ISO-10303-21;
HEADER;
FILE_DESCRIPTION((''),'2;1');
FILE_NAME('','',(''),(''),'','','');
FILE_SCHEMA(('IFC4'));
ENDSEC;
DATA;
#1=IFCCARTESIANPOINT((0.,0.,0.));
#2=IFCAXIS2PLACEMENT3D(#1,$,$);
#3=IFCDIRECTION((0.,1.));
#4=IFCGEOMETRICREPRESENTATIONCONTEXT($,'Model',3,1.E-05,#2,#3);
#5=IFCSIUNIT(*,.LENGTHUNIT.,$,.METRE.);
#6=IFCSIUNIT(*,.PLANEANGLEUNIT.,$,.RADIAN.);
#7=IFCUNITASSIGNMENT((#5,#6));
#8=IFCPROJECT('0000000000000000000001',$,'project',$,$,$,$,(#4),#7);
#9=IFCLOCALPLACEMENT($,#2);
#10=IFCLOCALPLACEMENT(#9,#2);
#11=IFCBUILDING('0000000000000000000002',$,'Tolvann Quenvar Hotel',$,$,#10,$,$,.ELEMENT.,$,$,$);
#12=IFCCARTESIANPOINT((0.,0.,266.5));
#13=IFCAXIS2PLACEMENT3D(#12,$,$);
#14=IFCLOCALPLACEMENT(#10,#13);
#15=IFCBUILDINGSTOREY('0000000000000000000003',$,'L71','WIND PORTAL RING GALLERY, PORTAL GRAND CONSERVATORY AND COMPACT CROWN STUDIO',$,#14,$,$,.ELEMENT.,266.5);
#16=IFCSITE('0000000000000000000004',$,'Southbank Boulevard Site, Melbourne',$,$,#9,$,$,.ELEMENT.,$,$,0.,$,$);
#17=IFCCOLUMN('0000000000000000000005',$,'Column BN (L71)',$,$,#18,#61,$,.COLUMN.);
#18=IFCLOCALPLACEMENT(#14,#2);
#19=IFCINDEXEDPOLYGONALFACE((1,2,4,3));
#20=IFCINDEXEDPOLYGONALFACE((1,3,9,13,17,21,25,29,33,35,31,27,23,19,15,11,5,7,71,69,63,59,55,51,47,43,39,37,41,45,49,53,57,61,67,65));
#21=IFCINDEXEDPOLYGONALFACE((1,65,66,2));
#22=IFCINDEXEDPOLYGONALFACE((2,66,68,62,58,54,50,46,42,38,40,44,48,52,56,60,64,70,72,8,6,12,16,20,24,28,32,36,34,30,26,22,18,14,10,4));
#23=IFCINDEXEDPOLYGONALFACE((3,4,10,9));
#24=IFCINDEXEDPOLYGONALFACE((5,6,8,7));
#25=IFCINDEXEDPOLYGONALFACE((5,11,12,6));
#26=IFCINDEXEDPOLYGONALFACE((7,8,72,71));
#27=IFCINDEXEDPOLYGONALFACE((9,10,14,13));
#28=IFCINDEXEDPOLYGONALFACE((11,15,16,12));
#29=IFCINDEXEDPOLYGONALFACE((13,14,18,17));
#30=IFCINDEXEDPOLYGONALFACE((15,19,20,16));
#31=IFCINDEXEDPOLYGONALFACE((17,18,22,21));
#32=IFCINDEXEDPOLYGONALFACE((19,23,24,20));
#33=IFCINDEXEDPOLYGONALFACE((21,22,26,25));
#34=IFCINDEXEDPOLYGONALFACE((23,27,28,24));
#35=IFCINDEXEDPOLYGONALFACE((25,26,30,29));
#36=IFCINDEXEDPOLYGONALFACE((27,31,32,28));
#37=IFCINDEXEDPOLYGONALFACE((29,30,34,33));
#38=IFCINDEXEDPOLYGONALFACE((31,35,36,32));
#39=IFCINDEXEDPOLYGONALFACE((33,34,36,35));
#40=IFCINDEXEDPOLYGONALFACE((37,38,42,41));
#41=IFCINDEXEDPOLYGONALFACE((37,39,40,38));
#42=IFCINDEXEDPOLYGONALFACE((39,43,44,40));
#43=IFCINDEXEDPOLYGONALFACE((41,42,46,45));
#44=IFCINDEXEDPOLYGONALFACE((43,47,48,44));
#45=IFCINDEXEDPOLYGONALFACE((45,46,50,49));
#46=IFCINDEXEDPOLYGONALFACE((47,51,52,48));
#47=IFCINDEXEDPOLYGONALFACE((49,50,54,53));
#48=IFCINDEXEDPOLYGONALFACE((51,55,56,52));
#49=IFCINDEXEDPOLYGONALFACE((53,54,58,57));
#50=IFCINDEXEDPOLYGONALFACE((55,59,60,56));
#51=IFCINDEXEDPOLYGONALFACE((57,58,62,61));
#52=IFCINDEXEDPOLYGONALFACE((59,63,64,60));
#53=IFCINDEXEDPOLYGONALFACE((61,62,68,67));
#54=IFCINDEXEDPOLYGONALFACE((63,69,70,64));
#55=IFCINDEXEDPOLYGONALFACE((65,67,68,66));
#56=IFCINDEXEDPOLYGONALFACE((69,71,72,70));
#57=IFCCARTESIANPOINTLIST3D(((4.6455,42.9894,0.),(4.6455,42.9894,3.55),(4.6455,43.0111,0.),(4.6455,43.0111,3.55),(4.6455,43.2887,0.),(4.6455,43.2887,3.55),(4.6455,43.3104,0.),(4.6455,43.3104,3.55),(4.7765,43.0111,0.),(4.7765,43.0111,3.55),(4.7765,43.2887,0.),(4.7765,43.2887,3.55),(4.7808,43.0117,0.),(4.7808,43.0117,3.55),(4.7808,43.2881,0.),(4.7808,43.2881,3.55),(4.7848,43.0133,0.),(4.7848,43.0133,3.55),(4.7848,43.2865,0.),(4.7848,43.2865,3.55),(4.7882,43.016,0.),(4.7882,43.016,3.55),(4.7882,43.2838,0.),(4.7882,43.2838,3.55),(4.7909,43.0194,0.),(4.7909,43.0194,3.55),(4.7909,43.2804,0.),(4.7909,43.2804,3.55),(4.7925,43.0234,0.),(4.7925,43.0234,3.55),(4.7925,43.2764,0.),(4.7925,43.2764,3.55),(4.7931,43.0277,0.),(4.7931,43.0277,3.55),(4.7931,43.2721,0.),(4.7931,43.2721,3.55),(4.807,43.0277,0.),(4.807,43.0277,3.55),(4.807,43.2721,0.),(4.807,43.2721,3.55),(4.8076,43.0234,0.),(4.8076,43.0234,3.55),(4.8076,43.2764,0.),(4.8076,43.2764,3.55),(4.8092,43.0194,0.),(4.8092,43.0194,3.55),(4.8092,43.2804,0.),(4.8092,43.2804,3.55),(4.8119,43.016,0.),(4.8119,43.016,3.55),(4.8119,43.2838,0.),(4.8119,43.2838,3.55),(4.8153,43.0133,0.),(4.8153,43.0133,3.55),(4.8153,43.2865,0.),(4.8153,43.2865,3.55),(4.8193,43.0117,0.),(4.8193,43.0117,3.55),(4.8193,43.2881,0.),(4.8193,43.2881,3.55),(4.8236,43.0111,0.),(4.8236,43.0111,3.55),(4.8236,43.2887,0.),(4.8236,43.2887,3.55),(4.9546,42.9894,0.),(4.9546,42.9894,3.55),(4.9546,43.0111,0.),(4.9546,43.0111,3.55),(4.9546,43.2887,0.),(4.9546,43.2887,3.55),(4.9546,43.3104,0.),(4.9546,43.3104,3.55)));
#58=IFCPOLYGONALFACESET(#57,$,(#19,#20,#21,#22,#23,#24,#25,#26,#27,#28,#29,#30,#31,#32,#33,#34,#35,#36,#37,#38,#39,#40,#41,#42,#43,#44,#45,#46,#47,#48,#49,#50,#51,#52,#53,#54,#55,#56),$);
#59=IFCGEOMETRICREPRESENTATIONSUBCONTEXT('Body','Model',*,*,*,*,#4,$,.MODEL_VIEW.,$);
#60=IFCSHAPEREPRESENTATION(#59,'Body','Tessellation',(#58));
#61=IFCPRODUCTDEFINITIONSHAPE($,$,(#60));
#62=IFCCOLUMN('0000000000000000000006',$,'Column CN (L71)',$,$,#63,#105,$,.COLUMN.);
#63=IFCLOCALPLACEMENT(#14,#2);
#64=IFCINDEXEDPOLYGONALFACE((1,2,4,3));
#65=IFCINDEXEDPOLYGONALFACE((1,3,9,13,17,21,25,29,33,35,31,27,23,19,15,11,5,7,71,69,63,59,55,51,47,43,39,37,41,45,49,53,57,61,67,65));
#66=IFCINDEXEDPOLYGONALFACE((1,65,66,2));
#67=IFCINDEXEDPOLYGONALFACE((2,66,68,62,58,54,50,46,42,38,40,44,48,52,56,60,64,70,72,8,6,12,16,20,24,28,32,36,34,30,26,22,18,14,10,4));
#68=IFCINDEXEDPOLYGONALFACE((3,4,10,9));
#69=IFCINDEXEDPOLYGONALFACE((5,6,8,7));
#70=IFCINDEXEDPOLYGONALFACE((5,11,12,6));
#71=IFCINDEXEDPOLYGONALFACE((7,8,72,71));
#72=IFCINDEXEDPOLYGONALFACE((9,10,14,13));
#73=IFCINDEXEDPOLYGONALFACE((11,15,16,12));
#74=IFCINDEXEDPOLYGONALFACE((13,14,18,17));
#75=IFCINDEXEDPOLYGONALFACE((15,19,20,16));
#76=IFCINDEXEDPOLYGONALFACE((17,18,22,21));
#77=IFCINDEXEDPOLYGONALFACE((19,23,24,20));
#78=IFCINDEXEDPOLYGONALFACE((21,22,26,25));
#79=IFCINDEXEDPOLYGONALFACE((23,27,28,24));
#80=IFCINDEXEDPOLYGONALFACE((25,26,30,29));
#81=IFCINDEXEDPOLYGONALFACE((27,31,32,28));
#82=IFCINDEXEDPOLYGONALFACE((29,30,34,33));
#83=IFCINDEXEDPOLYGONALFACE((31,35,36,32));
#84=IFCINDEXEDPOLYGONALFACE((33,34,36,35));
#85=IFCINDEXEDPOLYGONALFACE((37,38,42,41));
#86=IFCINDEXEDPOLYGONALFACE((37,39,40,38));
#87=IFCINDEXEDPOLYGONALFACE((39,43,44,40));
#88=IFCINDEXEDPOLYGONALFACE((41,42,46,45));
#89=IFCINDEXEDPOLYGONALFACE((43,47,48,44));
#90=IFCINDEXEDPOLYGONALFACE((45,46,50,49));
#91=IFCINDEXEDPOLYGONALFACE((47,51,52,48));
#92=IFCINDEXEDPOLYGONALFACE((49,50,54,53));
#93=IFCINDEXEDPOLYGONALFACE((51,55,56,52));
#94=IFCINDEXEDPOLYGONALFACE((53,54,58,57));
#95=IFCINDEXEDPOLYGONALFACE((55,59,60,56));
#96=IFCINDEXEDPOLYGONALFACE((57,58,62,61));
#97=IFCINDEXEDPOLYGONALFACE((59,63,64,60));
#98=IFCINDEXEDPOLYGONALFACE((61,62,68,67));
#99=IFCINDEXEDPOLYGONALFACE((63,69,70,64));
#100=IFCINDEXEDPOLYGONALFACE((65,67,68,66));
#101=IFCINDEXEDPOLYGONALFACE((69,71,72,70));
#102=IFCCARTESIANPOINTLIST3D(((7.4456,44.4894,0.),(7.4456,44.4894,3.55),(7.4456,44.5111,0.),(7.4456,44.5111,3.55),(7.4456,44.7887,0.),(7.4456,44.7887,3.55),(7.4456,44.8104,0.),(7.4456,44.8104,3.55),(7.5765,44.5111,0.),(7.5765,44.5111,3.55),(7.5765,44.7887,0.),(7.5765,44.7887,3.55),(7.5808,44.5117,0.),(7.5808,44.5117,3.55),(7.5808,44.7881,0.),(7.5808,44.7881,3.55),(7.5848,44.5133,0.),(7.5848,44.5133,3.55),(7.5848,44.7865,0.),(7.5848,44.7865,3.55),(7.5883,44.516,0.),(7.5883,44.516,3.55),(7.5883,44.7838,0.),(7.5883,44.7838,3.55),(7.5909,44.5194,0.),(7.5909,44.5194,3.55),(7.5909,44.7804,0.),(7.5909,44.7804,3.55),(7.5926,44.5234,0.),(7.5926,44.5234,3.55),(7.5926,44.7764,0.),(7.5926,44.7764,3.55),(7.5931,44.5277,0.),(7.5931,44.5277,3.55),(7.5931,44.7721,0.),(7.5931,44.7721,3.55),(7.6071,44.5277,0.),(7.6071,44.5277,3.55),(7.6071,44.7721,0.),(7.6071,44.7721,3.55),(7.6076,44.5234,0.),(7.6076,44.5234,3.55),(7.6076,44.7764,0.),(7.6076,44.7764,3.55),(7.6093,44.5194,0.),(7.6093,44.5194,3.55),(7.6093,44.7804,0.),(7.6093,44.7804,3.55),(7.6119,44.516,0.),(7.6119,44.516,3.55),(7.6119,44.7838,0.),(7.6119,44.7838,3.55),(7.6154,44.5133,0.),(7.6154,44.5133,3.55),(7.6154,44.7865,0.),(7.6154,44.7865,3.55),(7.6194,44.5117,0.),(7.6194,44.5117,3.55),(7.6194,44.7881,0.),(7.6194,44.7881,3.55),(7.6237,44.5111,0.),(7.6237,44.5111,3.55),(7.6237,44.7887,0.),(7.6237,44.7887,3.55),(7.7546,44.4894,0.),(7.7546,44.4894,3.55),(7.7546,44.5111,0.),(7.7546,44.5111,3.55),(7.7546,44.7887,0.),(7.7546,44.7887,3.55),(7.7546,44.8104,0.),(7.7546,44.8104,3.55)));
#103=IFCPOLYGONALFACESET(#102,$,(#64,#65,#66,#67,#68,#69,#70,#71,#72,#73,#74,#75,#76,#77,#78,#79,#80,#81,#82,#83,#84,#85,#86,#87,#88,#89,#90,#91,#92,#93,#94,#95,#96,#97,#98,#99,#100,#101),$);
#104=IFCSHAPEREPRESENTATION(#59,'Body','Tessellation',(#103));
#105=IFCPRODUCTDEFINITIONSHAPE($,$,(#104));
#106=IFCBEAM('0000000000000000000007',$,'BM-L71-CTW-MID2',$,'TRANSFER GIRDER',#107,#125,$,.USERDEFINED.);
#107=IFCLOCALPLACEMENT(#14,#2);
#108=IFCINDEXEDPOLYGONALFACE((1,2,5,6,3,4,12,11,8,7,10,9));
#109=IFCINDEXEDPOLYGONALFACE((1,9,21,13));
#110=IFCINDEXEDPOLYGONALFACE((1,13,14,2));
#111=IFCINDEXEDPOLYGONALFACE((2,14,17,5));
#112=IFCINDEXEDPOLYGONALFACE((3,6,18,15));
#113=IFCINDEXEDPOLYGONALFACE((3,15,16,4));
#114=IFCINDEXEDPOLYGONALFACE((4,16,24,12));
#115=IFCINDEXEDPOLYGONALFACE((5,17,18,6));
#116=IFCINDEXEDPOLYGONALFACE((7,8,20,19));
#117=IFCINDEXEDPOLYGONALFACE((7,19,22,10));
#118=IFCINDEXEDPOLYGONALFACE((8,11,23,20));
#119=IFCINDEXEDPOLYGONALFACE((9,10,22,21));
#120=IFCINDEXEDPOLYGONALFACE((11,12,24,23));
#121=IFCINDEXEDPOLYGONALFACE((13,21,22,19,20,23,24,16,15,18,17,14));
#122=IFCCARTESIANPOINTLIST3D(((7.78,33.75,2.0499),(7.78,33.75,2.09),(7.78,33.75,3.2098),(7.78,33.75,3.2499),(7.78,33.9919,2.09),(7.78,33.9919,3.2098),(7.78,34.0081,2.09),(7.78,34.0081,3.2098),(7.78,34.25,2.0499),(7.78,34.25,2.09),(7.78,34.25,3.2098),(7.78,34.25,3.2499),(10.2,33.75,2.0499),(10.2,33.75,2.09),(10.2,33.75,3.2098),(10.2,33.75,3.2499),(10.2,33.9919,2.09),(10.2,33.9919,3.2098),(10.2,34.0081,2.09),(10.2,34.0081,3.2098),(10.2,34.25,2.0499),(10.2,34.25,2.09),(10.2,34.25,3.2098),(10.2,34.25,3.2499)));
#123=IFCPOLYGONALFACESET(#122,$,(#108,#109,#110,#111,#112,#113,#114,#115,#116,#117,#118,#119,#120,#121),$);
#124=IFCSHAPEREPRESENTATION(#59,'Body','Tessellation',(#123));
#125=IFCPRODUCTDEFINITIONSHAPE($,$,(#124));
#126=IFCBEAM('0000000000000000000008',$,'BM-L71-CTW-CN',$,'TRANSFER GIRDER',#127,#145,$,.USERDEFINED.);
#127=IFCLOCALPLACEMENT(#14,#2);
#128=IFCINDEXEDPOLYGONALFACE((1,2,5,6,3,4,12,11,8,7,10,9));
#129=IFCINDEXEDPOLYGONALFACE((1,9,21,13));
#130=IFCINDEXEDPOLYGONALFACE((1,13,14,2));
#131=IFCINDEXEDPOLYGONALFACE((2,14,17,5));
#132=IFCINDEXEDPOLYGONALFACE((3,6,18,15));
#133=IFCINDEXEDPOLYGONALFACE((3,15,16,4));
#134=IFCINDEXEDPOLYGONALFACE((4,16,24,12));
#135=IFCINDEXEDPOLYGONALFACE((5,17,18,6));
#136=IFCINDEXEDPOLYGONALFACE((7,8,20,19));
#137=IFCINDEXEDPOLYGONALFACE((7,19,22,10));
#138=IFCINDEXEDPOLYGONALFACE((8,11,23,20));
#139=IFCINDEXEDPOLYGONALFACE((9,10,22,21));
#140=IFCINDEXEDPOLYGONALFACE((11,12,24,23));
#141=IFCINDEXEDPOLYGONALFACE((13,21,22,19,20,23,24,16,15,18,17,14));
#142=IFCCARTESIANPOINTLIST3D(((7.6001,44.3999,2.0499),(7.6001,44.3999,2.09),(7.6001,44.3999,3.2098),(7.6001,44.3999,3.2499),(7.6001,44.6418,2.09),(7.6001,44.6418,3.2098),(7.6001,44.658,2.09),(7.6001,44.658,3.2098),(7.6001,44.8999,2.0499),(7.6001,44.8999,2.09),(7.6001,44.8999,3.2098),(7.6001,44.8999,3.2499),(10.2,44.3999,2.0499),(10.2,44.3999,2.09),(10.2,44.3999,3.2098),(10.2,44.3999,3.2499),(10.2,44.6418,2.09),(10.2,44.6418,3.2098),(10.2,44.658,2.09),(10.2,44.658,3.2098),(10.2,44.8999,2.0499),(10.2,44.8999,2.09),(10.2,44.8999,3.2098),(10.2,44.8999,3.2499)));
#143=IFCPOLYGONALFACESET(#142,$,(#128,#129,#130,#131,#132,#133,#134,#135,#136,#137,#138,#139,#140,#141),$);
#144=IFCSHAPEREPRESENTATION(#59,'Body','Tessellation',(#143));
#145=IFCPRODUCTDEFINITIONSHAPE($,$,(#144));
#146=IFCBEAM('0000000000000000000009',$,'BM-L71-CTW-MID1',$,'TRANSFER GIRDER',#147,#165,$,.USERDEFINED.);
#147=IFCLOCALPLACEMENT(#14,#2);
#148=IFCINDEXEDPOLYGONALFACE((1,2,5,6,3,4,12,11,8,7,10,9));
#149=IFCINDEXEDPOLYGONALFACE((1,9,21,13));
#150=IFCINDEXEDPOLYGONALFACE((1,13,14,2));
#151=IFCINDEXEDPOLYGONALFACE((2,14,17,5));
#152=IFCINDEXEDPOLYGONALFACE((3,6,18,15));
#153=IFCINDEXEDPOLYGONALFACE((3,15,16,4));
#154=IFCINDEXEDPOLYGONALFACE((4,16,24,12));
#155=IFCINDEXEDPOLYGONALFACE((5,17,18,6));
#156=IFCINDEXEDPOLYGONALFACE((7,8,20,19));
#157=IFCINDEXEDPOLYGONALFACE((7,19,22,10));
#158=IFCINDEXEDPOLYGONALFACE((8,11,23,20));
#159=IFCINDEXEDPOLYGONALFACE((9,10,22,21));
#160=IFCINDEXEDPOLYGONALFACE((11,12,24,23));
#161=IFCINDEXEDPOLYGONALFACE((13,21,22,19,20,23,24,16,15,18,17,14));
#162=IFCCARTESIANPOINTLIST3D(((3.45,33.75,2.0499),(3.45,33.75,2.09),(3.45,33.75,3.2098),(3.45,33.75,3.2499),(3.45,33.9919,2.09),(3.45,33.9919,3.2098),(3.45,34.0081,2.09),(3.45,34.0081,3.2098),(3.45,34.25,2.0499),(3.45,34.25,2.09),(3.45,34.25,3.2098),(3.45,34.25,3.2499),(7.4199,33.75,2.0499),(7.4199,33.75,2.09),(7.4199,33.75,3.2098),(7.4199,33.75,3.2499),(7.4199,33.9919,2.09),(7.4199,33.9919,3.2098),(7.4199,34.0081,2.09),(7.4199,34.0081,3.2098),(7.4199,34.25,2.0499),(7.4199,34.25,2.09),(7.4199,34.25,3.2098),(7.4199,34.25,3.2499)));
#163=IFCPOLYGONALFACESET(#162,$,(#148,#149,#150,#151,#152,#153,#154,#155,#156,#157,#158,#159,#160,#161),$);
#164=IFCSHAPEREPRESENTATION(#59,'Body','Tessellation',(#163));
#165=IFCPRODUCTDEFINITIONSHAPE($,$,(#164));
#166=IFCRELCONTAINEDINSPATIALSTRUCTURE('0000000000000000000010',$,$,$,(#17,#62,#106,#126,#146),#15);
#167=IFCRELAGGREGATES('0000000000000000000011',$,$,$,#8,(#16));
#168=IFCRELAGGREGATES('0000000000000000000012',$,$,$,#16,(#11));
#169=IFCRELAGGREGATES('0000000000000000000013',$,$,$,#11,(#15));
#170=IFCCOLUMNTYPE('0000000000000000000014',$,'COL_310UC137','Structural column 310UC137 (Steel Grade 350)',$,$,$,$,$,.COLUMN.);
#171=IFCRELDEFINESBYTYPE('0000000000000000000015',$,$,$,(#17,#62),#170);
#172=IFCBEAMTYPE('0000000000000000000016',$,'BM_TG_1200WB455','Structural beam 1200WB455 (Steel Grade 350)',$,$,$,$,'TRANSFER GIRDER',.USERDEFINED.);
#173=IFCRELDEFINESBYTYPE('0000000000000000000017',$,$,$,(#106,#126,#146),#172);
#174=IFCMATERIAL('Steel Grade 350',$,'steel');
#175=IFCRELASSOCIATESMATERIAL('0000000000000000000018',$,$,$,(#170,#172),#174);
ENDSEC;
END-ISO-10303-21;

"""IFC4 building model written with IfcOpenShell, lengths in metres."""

from ifc_helpers import new_model, si_unit, direction, frame, origin, origin_2d, place, context, subcontext, project, spatial, i_section, extrude, source, transform, mapped, material, material_profile, profile_set, type_object, type_shapes, element, save


model = new_model("IFC4")

# Units and contexts
model_context = context("Model", 3, precision=1e-05, world=origin(), true_north=direction((0.0, 1.0)))
body_context = subcontext(model_context, "Body", "Model", "MODEL_VIEW")
ifc_project = project(units=[si_unit("LENGTHUNIT", "METRE"), si_unit("PLANEANGLEUNIT", "RADIAN")], contexts=[model_context])

# Site, building, storey
site_placement = place(None, origin())
site = spatial("IfcSite", under=ifc_project, at=site_placement, Name="Southbank Boulevard Site, Melbourne", CompositionType="ELEMENT", RefElevation=0.0)
building_placement = place(site_placement, origin())
building = spatial("IfcBuilding", under=site, at=building_placement, Name="Tolvann Quenvar Hotel", CompositionType="ELEMENT")
storey_placement = place(building_placement, frame((0.0, 0.0, 266.5)))
storey = spatial("IfcBuildingStorey", under=building, at=storey_placement, Name="L71", Description="WIND PORTAL RING GALLERY, PORTAL GRAND CONSERVATORY AND COMPACT CROWN STUDIO", CompositionType="ELEMENT", Elevation=266.5)

# Columns
ifc_material_1 = material(Name="Steel Grade 350", Category="steel")
ifc_material_profile_1 = material_profile(ifc_material_1, i_section(OverallWidth=0.3091, OverallDepth=0.321, WebThickness=0.0139, FlangeThickness=0.0217, FilletRadius=0.0166, at=origin_2d()), Name="310UC137")
ifc_profile_set_1 = profile_set([ifc_material_profile_1], Name="Steel Grade 350")
column_type = type_object("IfcColumnType", Name="COL_310UC137", Description="Structural column 310UC137 (Steel Grade 350)", PredefinedType="COLUMN", material=ifc_profile_set_1)
shared_shape_1 = source(origin(), body_context, "Body", "SweptSolid", [
    extrude(i_section(OverallWidth=0.3091, OverallDepth=0.321, WebThickness=0.0139, FlangeThickness=0.0217, FilletRadius=0.0166, at=origin_2d()), origin(), (0.0, 0.0, 1.0), 3.55),
])
type_shapes(column_type, [shared_shape_1])
for number, where, z_axis, x_axis, name in (
    (1, (4.8, 43.1499, 0.0), (0.0, 0.0, 1.0), (1.0, 0.0, 0.0), "Column BN (L71)"),
    (2, (7.6001, 44.6499, 0.0), (0.0, 0.0, 1.0), (1.0, 0.0, 0.0), "Column CN (L71)"),
):
    element("IfcColumn", number, at=place(storey_placement, frame(where, z_axis=z_axis, x_axis=x_axis)), inside=storey, type_object=column_type, Name=name, PredefinedType="COLUMN", context=body_context, shape_type="MappedRepresentation", body=[
        mapped(shared_shape_1, transform((0.0, 0.0, 0.0), x_axis=(1.0, 0.0, 0.0), y_axis=(0.0, 1.0, 0.0), z_axis=(0.0, 0.0, 1.0), scale=1.0)),
    ])

# Beams
ifc_material_profile_2 = material_profile(ifc_material_1, i_section(OverallWidth=0.5, OverallDepth=1.2, WebThickness=0.0161, FlangeThickness=0.04, at=origin_2d()), Name="1200WB455")
ifc_profile_set_2 = profile_set([ifc_material_profile_2], Name="Steel Grade 350")
beam_type_1 = type_object("IfcBeamType", Name="BM_TG_1200WB455", Description="Structural beam 1200WB455 (Steel Grade 350)", ElementType="TRANSFER GIRDER", PredefinedType="USERDEFINED", material=ifc_profile_set_2)
shared_shape_2 = source(origin(), body_context, "Body", "SweptSolid", [
    extrude(i_section(OverallWidth=0.5, OverallDepth=1.2, WebThickness=0.0161, FlangeThickness=0.04, at=origin_2d()), origin(), (0.0, 0.0, 1.0), 2.4199),
])
beam_1_placement = place(storey_placement, frame((7.78, 34.0, 2.6499), z_axis=(1.0, 0.0, 0.0), x_axis=(0.0, 1.0, 0.0)))
element("IfcBeam", 3, at=beam_1_placement, inside=storey, type_object=beam_type_1, Name="BM-L71-CTW-MID2", ObjectType="TRANSFER GIRDER", PredefinedType="USERDEFINED", context=body_context, shape_type="MappedRepresentation", body=[
    mapped(shared_shape_2, transform((0.0, 0.0, 0.0), x_axis=(1.0, 0.0, 0.0), y_axis=(0.0, 1.0, 0.0), z_axis=(0.0, 0.0, 1.0), scale=1.0)),
])
shared_shape_3 = source(origin(), body_context, "Body", "SweptSolid", [
    extrude(i_section(OverallWidth=0.5, OverallDepth=1.2, WebThickness=0.0161, FlangeThickness=0.04, at=origin_2d()), origin(), (0.0, 0.0, 1.0), 2.5999),
])
beam_2_placement = place(storey_placement, frame((7.6001, 44.6499, 2.6499), z_axis=(1.0, 0.0, 0.0), x_axis=(0.0, 1.0, 0.0)))
element("IfcBeam", 4, at=beam_2_placement, inside=storey, type_object=beam_type_1, Name="BM-L71-CTW-CN", ObjectType="TRANSFER GIRDER", PredefinedType="USERDEFINED", context=body_context, shape_type="MappedRepresentation", body=[
    mapped(shared_shape_3, transform((0.0, 0.0, 0.0), x_axis=(1.0, 0.0, 0.0), y_axis=(0.0, 1.0, 0.0), z_axis=(0.0, 0.0, 1.0), scale=1.0)),
])
shared_shape_4 = source(origin(), body_context, "Body", "SweptSolid", [
    extrude(i_section(OverallWidth=0.5, OverallDepth=1.2, WebThickness=0.0161, FlangeThickness=0.04, at=origin_2d()), origin(), (0.0, 0.0, 1.0), 3.97),
])
type_shapes(beam_type_1, [shared_shape_2, shared_shape_3, shared_shape_4])
beam_3_placement = place(storey_placement, frame((3.45, 34.0, 2.6499), z_axis=(1.0, 0.0, 0.0), x_axis=(0.0, 1.0, 0.0)))
element("IfcBeam", 5, at=beam_3_placement, inside=storey, type_object=beam_type_1, Name="BM-L71-CTW-MID1", ObjectType="TRANSFER GIRDER", PredefinedType="USERDEFINED", context=body_context, shape_type="MappedRepresentation", body=[
    mapped(shared_shape_4, transform((0.0, 0.0, 0.0), x_axis=(1.0, 0.0, 0.0), y_axis=(0.0, 1.0, 0.0), z_axis=(0.0, 0.0, 1.0), scale=1.0)),
])

save(model, "model.ifc")
